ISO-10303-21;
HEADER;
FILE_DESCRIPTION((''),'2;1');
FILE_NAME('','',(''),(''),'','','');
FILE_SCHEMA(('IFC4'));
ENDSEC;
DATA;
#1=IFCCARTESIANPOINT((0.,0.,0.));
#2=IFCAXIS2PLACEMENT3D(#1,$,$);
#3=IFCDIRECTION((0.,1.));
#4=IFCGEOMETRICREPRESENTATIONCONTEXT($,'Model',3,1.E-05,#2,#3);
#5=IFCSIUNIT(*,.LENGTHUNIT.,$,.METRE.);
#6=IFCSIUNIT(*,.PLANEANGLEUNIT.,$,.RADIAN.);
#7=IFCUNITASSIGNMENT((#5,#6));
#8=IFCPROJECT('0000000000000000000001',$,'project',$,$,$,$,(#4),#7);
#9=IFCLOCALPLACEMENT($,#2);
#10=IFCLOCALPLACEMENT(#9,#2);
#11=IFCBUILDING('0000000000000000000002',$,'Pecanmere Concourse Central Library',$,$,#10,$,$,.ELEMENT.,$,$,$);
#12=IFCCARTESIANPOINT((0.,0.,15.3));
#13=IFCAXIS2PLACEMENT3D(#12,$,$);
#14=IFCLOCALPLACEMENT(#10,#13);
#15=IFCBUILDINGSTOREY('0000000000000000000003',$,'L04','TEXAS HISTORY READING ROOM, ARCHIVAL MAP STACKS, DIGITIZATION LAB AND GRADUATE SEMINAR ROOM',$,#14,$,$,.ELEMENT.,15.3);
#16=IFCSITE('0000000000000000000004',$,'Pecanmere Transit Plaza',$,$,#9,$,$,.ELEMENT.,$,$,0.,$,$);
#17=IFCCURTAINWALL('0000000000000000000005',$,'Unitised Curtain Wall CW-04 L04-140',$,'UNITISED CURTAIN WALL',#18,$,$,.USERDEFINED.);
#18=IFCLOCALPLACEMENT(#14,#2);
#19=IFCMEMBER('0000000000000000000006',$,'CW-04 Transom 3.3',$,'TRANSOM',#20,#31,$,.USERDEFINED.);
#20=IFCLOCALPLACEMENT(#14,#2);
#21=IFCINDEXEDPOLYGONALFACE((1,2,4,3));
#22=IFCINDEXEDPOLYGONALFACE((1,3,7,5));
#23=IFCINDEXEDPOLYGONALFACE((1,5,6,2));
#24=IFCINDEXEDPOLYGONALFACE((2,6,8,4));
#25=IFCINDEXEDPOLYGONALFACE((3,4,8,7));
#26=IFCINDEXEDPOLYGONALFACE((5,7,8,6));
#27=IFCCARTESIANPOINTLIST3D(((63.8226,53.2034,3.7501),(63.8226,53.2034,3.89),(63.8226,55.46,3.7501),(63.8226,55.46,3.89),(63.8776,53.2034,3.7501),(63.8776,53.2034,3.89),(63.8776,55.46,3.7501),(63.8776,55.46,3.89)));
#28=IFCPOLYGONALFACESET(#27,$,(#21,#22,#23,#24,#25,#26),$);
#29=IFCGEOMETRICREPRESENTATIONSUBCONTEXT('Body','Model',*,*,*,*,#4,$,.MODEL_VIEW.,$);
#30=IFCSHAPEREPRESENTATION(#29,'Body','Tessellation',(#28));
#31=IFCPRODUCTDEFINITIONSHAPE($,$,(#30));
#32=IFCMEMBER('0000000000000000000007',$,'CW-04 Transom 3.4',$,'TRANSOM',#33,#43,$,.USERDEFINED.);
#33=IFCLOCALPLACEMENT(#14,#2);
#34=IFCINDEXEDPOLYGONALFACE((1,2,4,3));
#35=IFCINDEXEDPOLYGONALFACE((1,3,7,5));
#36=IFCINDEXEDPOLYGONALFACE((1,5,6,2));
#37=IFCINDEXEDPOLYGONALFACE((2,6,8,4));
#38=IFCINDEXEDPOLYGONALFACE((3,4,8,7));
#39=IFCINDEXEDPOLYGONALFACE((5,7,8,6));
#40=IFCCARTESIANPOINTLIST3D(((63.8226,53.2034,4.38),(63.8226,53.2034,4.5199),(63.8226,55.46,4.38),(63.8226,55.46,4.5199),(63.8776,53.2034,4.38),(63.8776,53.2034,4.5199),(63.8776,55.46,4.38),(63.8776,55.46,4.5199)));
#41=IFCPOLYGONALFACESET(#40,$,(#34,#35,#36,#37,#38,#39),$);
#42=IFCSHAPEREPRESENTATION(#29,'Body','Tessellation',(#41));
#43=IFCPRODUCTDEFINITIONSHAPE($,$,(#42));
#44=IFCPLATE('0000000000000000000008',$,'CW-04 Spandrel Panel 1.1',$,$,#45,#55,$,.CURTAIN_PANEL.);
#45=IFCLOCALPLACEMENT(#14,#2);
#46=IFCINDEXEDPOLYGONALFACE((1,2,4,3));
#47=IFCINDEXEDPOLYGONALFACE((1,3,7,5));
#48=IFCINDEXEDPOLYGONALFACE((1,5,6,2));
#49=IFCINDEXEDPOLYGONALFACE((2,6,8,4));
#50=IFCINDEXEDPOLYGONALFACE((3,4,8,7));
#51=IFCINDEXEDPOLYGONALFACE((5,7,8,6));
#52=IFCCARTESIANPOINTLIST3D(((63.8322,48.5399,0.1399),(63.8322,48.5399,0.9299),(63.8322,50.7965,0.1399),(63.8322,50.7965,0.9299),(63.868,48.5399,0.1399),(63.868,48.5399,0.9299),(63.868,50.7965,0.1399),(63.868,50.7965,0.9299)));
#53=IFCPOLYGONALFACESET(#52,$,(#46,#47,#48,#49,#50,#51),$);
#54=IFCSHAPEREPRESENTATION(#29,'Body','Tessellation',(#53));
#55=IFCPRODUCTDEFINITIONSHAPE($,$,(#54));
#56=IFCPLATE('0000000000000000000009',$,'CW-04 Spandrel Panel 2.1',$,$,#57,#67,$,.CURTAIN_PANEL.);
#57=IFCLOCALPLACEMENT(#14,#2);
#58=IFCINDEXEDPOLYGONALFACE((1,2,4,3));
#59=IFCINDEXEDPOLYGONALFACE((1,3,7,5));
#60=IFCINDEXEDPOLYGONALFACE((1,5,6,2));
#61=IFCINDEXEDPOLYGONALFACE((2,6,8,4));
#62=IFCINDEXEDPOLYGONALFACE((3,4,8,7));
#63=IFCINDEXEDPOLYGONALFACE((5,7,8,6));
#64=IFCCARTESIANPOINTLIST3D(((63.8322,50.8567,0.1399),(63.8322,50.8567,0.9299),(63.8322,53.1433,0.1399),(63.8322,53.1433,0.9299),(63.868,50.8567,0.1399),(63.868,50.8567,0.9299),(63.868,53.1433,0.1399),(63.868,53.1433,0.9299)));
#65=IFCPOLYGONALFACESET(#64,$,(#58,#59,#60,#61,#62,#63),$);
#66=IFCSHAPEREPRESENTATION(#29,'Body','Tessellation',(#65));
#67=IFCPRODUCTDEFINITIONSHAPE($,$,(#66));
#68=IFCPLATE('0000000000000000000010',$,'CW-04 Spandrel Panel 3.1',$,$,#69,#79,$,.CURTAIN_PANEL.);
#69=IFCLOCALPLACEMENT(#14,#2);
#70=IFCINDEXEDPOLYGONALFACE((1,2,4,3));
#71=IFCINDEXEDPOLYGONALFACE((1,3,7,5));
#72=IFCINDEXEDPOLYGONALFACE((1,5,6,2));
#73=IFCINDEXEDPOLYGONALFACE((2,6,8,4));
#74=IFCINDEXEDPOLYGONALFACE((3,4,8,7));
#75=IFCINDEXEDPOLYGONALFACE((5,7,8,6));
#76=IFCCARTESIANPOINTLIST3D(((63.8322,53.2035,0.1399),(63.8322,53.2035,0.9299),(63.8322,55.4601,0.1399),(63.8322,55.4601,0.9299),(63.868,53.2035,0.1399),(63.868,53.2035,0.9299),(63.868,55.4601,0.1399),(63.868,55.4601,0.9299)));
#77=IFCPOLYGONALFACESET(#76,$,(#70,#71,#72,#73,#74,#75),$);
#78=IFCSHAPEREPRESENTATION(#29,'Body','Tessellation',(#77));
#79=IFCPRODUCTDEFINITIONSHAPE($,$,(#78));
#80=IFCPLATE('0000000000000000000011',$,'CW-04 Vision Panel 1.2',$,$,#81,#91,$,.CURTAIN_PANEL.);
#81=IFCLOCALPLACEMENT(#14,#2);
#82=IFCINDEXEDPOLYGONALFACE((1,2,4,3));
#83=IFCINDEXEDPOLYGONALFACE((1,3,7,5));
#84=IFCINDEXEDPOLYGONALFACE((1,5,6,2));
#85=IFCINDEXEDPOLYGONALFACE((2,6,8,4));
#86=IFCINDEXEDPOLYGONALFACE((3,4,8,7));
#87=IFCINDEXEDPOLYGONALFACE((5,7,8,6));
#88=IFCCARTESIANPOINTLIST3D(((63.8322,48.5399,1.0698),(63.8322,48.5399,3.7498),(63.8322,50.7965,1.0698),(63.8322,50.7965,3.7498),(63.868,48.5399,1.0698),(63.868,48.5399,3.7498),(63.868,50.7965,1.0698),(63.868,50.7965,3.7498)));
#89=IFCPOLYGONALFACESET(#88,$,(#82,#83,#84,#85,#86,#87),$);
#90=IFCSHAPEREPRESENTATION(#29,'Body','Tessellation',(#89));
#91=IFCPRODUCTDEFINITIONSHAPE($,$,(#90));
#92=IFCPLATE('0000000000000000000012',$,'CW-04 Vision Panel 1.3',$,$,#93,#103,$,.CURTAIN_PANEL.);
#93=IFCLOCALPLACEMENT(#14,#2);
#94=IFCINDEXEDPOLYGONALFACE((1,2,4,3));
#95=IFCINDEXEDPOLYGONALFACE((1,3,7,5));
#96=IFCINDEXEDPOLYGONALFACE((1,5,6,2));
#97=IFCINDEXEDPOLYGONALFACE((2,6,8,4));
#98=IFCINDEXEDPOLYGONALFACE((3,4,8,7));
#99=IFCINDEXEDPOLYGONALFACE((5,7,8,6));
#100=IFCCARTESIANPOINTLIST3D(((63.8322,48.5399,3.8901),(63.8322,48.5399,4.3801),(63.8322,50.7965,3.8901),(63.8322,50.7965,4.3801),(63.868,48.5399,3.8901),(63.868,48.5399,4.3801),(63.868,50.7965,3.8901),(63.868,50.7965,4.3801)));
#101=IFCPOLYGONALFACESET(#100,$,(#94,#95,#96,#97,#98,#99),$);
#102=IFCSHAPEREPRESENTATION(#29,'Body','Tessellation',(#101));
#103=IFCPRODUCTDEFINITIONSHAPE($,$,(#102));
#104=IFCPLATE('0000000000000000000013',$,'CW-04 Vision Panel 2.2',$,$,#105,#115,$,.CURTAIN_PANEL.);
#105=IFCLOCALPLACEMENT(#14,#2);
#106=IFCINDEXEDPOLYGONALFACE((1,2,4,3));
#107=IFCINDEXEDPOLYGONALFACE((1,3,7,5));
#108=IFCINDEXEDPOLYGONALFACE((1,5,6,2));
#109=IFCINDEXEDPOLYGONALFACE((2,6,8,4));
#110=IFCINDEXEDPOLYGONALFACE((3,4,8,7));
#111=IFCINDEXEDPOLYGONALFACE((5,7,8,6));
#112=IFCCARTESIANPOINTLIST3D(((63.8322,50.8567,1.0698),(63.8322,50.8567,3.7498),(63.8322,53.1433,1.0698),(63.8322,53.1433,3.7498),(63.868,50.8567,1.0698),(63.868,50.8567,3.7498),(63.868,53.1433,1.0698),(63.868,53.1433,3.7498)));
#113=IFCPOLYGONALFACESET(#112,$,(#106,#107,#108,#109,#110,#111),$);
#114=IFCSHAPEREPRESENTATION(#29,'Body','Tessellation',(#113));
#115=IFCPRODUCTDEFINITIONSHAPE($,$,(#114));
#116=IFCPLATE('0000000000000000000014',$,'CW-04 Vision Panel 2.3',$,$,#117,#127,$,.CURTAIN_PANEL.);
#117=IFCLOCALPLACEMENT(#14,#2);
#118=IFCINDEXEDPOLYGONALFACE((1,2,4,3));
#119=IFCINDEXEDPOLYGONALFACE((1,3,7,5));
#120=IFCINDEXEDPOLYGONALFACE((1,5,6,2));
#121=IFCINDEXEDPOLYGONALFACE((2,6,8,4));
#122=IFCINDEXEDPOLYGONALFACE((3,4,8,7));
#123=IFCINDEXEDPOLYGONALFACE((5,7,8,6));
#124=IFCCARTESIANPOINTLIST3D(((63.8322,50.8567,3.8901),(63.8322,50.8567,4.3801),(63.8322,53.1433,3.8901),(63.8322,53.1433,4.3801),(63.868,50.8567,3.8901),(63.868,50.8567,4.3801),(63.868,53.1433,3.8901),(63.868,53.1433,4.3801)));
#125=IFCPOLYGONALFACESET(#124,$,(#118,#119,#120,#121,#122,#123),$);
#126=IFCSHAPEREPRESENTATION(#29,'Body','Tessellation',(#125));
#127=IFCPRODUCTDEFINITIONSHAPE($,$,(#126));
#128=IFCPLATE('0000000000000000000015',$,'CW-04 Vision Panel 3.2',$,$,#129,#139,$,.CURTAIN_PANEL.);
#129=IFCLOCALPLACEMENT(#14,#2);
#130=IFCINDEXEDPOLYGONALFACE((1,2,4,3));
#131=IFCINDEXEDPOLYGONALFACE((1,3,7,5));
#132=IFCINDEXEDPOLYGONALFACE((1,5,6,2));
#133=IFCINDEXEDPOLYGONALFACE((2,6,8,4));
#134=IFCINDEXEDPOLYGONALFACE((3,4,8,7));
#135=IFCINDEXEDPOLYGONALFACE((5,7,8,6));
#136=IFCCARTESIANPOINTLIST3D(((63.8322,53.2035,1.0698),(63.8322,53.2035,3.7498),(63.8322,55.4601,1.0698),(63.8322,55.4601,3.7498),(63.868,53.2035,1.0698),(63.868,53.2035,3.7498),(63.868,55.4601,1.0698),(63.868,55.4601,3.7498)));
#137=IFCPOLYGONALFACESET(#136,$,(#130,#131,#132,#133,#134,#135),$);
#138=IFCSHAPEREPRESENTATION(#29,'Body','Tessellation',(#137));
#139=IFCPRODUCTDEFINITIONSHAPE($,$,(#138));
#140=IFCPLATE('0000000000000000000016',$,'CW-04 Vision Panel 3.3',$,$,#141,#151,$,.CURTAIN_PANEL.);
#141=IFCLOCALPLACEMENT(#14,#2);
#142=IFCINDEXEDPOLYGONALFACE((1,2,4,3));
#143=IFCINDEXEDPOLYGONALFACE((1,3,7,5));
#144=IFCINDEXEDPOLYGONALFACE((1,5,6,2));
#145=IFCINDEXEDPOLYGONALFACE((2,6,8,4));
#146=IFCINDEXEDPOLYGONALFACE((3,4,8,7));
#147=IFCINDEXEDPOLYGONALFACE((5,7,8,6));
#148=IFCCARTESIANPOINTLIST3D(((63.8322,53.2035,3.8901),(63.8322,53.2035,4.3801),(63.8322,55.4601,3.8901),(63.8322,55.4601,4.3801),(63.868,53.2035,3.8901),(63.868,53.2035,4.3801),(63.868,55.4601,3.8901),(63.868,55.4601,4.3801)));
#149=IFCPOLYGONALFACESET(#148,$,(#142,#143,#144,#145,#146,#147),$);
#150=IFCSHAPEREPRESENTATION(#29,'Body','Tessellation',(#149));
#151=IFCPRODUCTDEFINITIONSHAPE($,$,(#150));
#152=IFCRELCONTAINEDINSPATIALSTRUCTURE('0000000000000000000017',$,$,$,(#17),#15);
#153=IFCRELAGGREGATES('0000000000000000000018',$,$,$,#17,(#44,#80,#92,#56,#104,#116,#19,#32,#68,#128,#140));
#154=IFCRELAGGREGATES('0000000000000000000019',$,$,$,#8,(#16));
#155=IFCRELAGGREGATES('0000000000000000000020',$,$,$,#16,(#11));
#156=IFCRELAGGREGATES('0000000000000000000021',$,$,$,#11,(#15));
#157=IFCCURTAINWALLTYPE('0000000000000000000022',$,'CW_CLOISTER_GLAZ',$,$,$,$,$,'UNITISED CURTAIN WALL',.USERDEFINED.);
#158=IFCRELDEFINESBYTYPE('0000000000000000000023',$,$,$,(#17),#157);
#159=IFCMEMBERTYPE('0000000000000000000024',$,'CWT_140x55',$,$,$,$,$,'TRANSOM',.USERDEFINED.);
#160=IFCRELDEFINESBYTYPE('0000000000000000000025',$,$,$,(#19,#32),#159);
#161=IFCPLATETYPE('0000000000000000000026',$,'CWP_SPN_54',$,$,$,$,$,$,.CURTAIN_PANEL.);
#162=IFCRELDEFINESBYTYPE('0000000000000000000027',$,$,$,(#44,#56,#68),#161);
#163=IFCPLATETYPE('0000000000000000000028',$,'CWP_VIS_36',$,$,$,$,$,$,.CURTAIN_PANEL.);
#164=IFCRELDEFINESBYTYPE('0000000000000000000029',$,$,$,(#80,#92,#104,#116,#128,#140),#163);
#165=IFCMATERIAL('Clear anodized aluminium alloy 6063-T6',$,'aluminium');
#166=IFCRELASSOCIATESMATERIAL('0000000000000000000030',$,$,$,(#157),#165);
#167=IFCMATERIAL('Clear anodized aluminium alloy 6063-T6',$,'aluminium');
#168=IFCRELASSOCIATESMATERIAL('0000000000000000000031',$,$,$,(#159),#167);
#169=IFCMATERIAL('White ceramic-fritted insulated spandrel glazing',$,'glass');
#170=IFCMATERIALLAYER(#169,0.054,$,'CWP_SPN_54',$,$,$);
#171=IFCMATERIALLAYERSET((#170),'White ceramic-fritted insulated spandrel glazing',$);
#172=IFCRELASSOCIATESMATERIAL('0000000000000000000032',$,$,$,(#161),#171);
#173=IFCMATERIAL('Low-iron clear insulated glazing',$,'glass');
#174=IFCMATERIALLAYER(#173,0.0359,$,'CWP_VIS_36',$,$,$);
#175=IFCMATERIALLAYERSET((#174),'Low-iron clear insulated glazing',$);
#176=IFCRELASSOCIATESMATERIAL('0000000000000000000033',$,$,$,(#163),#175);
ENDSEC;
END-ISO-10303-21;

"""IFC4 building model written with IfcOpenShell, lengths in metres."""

from ifc_helpers import new_model, si_unit, direction, frame, origin, origin_2d, place, context, subcontext, project, spatial, rectangle, extrude, material, layer, layer_set, material_profile, profile_set, type_object, element, aggregate, save


model = new_model("IFC4")

# Units and contexts
model_context = context("Model", 3, precision=1e-05, world=origin(), true_north=direction((0.0, 1.0)))
body_context = subcontext(model_context, "Body", "Model", "MODEL_VIEW")
ifc_project = project(units=[si_unit("LENGTHUNIT", "METRE"), si_unit("PLANEANGLEUNIT", "RADIAN")], contexts=[model_context])

# Site, building, storey
site_placement = place(None, origin())
site = spatial("IfcSite", under=ifc_project, at=site_placement, Name="Pecanmere Transit Plaza", CompositionType="ELEMENT", RefElevation=0.0)
building_placement = place(site_placement, origin())
building = spatial("IfcBuilding", under=site, at=building_placement, Name="Pecanmere Concourse Central Library", CompositionType="ELEMENT")
storey_placement = place(building_placement, frame((0.0, 0.0, 15.3)))
storey = spatial("IfcBuildingStorey", under=building, at=storey_placement, Name="L04", Description="TEXAS HISTORY READING ROOM, ARCHIVAL MAP STACKS, DIGITIZATION LAB AND GRADUATE SEMINAR ROOM", CompositionType="ELEMENT", Elevation=15.3)

# Curtain wall, members, plates
ifc_material_1 = material(Name="Clear anodized aluminium alloy 6063-T6", Category="aluminium")
curtain_wall_type = type_object("IfcCurtainWallType", Name="CW_CLOISTER_GLAZ", ElementType="UNITISED CURTAIN WALL", PredefinedType="USERDEFINED", material=ifc_material_1)
curtain_wall_placement = place(storey_placement, origin())
curtain_wall = element("IfcCurtainWall", 1, at=curtain_wall_placement, inside=storey, type_object=curtain_wall_type, Name="Unitised Curtain Wall CW-04 L04-140", ObjectType="UNITISED CURTAIN WALL", PredefinedType="USERDEFINED")
ifc_material_2 = material(Name="Clear anodized aluminium alloy 6063-T6", Category="aluminium")
ifc_material_profile_1 = material_profile(ifc_material_2, rectangle(XDim=0.0549, YDim=0.1399, at=origin_2d()), Name="AL 55x140")
ifc_profile_set_1 = profile_set([ifc_material_profile_1], Name="Clear anodized aluminium alloy 6063-T6")
member_type_1 = type_object("IfcMemberType", Name="CWT_140x55", ElementType="TRANSOM", PredefinedType="USERDEFINED", material=ifc_profile_set_1)
member_1_placement = place(storey_placement, frame((63.8501, 53.2034, 3.8201), z_axis=(0.0, 1.0, 0.0), x_axis=(-1.0, 0.0, 0.0)))
member_1 = element("IfcMember", 2, at=member_1_placement, type_object=member_type_1, Name="CW-04 Transom 3.3", ObjectType="TRANSOM", PredefinedType="USERDEFINED", context=body_context, shape_type="SweptSolid", body=[
    extrude(rectangle(XDim=0.0549, YDim=0.1399, at=origin_2d()), origin(), (0.0, 0.0, 1.0), 2.2566),
])
member_2_placement = place(storey_placement, frame((63.8501, 53.2034, 4.45), z_axis=(0.0, 1.0, 0.0), x_axis=(-1.0, 0.0, 0.0)))
member_2 = element("IfcMember", 3, at=member_2_placement, type_object=member_type_1, Name="CW-04 Transom 3.4", ObjectType="TRANSOM", PredefinedType="USERDEFINED", context=body_context, shape_type="SweptSolid", body=[
    extrude(rectangle(XDim=0.0549, YDim=0.1399, at=origin_2d()), origin(), (0.0, 0.0, 1.0), 2.2566),
])
ifc_material_3 = material(Name="White ceramic-fritted insulated spandrel glazing", Category="glass")
ifc_layer_1 = layer(ifc_material_3, 0.054, Name="CWP_SPN_54")
ifc_layer_set_1 = layer_set([ifc_layer_1], Name="White ceramic-fritted insulated spandrel glazing")
plate_type_1 = type_object("IfcPlateType", Name="CWP_SPN_54", PredefinedType="CURTAIN_PANEL", material=ifc_layer_set_1)
plate_1_placement = place(storey_placement, frame((63.8501, 49.6682, 0.1399), z_axis=(0.0, 0.0, 1.0), x_axis=(0.0, 1.0, 0.0)))
plate_1 = element("IfcPlate", 4, at=plate_1_placement, type_object=plate_type_1, Name="CW-04 Spandrel Panel 1.1", PredefinedType="CURTAIN_PANEL", context=body_context, shape_type="SweptSolid", body=[
    extrude(rectangle(XDim=2.2566, YDim=0.0359, at=origin_2d()), origin(), (0.0, 0.0, 1.0), 0.79),
])
plate_2_placement = place(storey_placement, frame((63.8501, 52.0, 0.1399), z_axis=(0.0, 0.0, 1.0), x_axis=(0.0, 1.0, 0.0)))
plate_2 = element("IfcPlate", 5, at=plate_2_placement, type_object=plate_type_1, Name="CW-04 Spandrel Panel 2.1", PredefinedType="CURTAIN_PANEL", context=body_context, shape_type="SweptSolid", body=[
    extrude(rectangle(XDim=2.2866, YDim=0.0359, at=origin_2d()), origin(), (0.0, 0.0, 1.0), 0.79),
])
plate_3_placement = place(storey_placement, frame((63.8501, 54.3318, 0.1399), z_axis=(0.0, 0.0, 1.0), x_axis=(0.0, 1.0, 0.0)))
plate_3 = element("IfcPlate", 6, at=plate_3_placement, type_object=plate_type_1, Name="CW-04 Spandrel Panel 3.1", PredefinedType="CURTAIN_PANEL", context=body_context, shape_type="SweptSolid", body=[
    extrude(rectangle(XDim=2.2566, YDim=0.0359, at=origin_2d()), origin(), (0.0, 0.0, 1.0), 0.79),
])
ifc_material_4 = material(Name="Low-iron clear insulated glazing", Category="glass")
ifc_layer_2 = layer(ifc_material_4, 0.0359, Name="CWP_VIS_36")
ifc_layer_set_2 = layer_set([ifc_layer_2], Name="Low-iron clear insulated glazing")
plate_type_2 = type_object("IfcPlateType", Name="CWP_VIS_36", PredefinedType="CURTAIN_PANEL", material=ifc_layer_set_2)
plate_4_placement = place(storey_placement, frame((63.8501, 49.6682, 1.0698), z_axis=(0.0, 0.0, 1.0), x_axis=(0.0, 1.0, 0.0)))
plate_4 = element("IfcPlate", 7, at=plate_4_placement, type_object=plate_type_2, Name="CW-04 Vision Panel 1.2", PredefinedType="CURTAIN_PANEL", context=body_context, shape_type="SweptSolid", body=[
    extrude(rectangle(XDim=2.2566, YDim=0.0359, at=origin_2d()), origin(), (0.0, 0.0, 1.0), 2.6799),
])
plate_5_placement = place(storey_placement, frame((63.8501, 49.6682, 3.8901), z_axis=(0.0, 0.0, 1.0), x_axis=(0.0, 1.0, 0.0)))
plate_5 = element("IfcPlate", 8, at=plate_5_placement, type_object=plate_type_2, Name="CW-04 Vision Panel 1.3", PredefinedType="CURTAIN_PANEL", context=body_context, shape_type="SweptSolid", body=[
    extrude(rectangle(XDim=2.2566, YDim=0.0359, at=origin_2d()), origin(), (0.0, 0.0, 1.0), 0.49),
])
plate_6_placement = place(storey_placement, frame((63.8501, 52.0, 1.0698), z_axis=(0.0, 0.0, 1.0), x_axis=(0.0, 1.0, 0.0)))
plate_6 = element("IfcPlate", 9, at=plate_6_placement, type_object=plate_type_2, Name="CW-04 Vision Panel 2.2", PredefinedType="CURTAIN_PANEL", context=body_context, shape_type="SweptSolid", body=[
    extrude(rectangle(XDim=2.2866, YDim=0.0359, at=origin_2d()), origin(), (0.0, 0.0, 1.0), 2.6799),
])
plate_7_placement = place(storey_placement, frame((63.8501, 52.0, 3.8901), z_axis=(0.0, 0.0, 1.0), x_axis=(0.0, 1.0, 0.0)))
plate_7 = element("IfcPlate", 10, at=plate_7_placement, type_object=plate_type_2, Name="CW-04 Vision Panel 2.3", PredefinedType="CURTAIN_PANEL", context=body_context, shape_type="SweptSolid", body=[
    extrude(rectangle(XDim=2.2866, YDim=0.0359, at=origin_2d()), origin(), (0.0, 0.0, 1.0), 0.49),
])
plate_8_placement = place(storey_placement, frame((63.8501, 54.3318, 1.0698), z_axis=(0.0, 0.0, 1.0), x_axis=(0.0, 1.0, 0.0)))
plate_8 = element("IfcPlate", 11, at=plate_8_placement, type_object=plate_type_2, Name="CW-04 Vision Panel 3.2", PredefinedType="CURTAIN_PANEL", context=body_context, shape_type="SweptSolid", body=[
    extrude(rectangle(XDim=2.2566, YDim=0.0359, at=origin_2d()), origin(), (0.0, 0.0, 1.0), 2.6799),
])
plate_9_placement = place(storey_placement, frame((63.8501, 54.3318, 3.8901), z_axis=(0.0, 0.0, 1.0), x_axis=(0.0, 1.0, 0.0)))
plate_9 = element("IfcPlate", 12, at=plate_9_placement, type_object=plate_type_2, Name="CW-04 Vision Panel 3.3", PredefinedType="CURTAIN_PANEL", context=body_context, shape_type="SweptSolid", body=[
    extrude(rectangle(XDim=2.2566, YDim=0.0359, at=origin_2d()), origin(), (0.0, 0.0, 1.0), 0.49),
])
aggregate(curtain_wall, [plate_1, plate_4, plate_5, plate_2, plate_6, plate_7, member_1, member_2, plate_3, plate_8, plate_9])

save(model, "model.ifc")
